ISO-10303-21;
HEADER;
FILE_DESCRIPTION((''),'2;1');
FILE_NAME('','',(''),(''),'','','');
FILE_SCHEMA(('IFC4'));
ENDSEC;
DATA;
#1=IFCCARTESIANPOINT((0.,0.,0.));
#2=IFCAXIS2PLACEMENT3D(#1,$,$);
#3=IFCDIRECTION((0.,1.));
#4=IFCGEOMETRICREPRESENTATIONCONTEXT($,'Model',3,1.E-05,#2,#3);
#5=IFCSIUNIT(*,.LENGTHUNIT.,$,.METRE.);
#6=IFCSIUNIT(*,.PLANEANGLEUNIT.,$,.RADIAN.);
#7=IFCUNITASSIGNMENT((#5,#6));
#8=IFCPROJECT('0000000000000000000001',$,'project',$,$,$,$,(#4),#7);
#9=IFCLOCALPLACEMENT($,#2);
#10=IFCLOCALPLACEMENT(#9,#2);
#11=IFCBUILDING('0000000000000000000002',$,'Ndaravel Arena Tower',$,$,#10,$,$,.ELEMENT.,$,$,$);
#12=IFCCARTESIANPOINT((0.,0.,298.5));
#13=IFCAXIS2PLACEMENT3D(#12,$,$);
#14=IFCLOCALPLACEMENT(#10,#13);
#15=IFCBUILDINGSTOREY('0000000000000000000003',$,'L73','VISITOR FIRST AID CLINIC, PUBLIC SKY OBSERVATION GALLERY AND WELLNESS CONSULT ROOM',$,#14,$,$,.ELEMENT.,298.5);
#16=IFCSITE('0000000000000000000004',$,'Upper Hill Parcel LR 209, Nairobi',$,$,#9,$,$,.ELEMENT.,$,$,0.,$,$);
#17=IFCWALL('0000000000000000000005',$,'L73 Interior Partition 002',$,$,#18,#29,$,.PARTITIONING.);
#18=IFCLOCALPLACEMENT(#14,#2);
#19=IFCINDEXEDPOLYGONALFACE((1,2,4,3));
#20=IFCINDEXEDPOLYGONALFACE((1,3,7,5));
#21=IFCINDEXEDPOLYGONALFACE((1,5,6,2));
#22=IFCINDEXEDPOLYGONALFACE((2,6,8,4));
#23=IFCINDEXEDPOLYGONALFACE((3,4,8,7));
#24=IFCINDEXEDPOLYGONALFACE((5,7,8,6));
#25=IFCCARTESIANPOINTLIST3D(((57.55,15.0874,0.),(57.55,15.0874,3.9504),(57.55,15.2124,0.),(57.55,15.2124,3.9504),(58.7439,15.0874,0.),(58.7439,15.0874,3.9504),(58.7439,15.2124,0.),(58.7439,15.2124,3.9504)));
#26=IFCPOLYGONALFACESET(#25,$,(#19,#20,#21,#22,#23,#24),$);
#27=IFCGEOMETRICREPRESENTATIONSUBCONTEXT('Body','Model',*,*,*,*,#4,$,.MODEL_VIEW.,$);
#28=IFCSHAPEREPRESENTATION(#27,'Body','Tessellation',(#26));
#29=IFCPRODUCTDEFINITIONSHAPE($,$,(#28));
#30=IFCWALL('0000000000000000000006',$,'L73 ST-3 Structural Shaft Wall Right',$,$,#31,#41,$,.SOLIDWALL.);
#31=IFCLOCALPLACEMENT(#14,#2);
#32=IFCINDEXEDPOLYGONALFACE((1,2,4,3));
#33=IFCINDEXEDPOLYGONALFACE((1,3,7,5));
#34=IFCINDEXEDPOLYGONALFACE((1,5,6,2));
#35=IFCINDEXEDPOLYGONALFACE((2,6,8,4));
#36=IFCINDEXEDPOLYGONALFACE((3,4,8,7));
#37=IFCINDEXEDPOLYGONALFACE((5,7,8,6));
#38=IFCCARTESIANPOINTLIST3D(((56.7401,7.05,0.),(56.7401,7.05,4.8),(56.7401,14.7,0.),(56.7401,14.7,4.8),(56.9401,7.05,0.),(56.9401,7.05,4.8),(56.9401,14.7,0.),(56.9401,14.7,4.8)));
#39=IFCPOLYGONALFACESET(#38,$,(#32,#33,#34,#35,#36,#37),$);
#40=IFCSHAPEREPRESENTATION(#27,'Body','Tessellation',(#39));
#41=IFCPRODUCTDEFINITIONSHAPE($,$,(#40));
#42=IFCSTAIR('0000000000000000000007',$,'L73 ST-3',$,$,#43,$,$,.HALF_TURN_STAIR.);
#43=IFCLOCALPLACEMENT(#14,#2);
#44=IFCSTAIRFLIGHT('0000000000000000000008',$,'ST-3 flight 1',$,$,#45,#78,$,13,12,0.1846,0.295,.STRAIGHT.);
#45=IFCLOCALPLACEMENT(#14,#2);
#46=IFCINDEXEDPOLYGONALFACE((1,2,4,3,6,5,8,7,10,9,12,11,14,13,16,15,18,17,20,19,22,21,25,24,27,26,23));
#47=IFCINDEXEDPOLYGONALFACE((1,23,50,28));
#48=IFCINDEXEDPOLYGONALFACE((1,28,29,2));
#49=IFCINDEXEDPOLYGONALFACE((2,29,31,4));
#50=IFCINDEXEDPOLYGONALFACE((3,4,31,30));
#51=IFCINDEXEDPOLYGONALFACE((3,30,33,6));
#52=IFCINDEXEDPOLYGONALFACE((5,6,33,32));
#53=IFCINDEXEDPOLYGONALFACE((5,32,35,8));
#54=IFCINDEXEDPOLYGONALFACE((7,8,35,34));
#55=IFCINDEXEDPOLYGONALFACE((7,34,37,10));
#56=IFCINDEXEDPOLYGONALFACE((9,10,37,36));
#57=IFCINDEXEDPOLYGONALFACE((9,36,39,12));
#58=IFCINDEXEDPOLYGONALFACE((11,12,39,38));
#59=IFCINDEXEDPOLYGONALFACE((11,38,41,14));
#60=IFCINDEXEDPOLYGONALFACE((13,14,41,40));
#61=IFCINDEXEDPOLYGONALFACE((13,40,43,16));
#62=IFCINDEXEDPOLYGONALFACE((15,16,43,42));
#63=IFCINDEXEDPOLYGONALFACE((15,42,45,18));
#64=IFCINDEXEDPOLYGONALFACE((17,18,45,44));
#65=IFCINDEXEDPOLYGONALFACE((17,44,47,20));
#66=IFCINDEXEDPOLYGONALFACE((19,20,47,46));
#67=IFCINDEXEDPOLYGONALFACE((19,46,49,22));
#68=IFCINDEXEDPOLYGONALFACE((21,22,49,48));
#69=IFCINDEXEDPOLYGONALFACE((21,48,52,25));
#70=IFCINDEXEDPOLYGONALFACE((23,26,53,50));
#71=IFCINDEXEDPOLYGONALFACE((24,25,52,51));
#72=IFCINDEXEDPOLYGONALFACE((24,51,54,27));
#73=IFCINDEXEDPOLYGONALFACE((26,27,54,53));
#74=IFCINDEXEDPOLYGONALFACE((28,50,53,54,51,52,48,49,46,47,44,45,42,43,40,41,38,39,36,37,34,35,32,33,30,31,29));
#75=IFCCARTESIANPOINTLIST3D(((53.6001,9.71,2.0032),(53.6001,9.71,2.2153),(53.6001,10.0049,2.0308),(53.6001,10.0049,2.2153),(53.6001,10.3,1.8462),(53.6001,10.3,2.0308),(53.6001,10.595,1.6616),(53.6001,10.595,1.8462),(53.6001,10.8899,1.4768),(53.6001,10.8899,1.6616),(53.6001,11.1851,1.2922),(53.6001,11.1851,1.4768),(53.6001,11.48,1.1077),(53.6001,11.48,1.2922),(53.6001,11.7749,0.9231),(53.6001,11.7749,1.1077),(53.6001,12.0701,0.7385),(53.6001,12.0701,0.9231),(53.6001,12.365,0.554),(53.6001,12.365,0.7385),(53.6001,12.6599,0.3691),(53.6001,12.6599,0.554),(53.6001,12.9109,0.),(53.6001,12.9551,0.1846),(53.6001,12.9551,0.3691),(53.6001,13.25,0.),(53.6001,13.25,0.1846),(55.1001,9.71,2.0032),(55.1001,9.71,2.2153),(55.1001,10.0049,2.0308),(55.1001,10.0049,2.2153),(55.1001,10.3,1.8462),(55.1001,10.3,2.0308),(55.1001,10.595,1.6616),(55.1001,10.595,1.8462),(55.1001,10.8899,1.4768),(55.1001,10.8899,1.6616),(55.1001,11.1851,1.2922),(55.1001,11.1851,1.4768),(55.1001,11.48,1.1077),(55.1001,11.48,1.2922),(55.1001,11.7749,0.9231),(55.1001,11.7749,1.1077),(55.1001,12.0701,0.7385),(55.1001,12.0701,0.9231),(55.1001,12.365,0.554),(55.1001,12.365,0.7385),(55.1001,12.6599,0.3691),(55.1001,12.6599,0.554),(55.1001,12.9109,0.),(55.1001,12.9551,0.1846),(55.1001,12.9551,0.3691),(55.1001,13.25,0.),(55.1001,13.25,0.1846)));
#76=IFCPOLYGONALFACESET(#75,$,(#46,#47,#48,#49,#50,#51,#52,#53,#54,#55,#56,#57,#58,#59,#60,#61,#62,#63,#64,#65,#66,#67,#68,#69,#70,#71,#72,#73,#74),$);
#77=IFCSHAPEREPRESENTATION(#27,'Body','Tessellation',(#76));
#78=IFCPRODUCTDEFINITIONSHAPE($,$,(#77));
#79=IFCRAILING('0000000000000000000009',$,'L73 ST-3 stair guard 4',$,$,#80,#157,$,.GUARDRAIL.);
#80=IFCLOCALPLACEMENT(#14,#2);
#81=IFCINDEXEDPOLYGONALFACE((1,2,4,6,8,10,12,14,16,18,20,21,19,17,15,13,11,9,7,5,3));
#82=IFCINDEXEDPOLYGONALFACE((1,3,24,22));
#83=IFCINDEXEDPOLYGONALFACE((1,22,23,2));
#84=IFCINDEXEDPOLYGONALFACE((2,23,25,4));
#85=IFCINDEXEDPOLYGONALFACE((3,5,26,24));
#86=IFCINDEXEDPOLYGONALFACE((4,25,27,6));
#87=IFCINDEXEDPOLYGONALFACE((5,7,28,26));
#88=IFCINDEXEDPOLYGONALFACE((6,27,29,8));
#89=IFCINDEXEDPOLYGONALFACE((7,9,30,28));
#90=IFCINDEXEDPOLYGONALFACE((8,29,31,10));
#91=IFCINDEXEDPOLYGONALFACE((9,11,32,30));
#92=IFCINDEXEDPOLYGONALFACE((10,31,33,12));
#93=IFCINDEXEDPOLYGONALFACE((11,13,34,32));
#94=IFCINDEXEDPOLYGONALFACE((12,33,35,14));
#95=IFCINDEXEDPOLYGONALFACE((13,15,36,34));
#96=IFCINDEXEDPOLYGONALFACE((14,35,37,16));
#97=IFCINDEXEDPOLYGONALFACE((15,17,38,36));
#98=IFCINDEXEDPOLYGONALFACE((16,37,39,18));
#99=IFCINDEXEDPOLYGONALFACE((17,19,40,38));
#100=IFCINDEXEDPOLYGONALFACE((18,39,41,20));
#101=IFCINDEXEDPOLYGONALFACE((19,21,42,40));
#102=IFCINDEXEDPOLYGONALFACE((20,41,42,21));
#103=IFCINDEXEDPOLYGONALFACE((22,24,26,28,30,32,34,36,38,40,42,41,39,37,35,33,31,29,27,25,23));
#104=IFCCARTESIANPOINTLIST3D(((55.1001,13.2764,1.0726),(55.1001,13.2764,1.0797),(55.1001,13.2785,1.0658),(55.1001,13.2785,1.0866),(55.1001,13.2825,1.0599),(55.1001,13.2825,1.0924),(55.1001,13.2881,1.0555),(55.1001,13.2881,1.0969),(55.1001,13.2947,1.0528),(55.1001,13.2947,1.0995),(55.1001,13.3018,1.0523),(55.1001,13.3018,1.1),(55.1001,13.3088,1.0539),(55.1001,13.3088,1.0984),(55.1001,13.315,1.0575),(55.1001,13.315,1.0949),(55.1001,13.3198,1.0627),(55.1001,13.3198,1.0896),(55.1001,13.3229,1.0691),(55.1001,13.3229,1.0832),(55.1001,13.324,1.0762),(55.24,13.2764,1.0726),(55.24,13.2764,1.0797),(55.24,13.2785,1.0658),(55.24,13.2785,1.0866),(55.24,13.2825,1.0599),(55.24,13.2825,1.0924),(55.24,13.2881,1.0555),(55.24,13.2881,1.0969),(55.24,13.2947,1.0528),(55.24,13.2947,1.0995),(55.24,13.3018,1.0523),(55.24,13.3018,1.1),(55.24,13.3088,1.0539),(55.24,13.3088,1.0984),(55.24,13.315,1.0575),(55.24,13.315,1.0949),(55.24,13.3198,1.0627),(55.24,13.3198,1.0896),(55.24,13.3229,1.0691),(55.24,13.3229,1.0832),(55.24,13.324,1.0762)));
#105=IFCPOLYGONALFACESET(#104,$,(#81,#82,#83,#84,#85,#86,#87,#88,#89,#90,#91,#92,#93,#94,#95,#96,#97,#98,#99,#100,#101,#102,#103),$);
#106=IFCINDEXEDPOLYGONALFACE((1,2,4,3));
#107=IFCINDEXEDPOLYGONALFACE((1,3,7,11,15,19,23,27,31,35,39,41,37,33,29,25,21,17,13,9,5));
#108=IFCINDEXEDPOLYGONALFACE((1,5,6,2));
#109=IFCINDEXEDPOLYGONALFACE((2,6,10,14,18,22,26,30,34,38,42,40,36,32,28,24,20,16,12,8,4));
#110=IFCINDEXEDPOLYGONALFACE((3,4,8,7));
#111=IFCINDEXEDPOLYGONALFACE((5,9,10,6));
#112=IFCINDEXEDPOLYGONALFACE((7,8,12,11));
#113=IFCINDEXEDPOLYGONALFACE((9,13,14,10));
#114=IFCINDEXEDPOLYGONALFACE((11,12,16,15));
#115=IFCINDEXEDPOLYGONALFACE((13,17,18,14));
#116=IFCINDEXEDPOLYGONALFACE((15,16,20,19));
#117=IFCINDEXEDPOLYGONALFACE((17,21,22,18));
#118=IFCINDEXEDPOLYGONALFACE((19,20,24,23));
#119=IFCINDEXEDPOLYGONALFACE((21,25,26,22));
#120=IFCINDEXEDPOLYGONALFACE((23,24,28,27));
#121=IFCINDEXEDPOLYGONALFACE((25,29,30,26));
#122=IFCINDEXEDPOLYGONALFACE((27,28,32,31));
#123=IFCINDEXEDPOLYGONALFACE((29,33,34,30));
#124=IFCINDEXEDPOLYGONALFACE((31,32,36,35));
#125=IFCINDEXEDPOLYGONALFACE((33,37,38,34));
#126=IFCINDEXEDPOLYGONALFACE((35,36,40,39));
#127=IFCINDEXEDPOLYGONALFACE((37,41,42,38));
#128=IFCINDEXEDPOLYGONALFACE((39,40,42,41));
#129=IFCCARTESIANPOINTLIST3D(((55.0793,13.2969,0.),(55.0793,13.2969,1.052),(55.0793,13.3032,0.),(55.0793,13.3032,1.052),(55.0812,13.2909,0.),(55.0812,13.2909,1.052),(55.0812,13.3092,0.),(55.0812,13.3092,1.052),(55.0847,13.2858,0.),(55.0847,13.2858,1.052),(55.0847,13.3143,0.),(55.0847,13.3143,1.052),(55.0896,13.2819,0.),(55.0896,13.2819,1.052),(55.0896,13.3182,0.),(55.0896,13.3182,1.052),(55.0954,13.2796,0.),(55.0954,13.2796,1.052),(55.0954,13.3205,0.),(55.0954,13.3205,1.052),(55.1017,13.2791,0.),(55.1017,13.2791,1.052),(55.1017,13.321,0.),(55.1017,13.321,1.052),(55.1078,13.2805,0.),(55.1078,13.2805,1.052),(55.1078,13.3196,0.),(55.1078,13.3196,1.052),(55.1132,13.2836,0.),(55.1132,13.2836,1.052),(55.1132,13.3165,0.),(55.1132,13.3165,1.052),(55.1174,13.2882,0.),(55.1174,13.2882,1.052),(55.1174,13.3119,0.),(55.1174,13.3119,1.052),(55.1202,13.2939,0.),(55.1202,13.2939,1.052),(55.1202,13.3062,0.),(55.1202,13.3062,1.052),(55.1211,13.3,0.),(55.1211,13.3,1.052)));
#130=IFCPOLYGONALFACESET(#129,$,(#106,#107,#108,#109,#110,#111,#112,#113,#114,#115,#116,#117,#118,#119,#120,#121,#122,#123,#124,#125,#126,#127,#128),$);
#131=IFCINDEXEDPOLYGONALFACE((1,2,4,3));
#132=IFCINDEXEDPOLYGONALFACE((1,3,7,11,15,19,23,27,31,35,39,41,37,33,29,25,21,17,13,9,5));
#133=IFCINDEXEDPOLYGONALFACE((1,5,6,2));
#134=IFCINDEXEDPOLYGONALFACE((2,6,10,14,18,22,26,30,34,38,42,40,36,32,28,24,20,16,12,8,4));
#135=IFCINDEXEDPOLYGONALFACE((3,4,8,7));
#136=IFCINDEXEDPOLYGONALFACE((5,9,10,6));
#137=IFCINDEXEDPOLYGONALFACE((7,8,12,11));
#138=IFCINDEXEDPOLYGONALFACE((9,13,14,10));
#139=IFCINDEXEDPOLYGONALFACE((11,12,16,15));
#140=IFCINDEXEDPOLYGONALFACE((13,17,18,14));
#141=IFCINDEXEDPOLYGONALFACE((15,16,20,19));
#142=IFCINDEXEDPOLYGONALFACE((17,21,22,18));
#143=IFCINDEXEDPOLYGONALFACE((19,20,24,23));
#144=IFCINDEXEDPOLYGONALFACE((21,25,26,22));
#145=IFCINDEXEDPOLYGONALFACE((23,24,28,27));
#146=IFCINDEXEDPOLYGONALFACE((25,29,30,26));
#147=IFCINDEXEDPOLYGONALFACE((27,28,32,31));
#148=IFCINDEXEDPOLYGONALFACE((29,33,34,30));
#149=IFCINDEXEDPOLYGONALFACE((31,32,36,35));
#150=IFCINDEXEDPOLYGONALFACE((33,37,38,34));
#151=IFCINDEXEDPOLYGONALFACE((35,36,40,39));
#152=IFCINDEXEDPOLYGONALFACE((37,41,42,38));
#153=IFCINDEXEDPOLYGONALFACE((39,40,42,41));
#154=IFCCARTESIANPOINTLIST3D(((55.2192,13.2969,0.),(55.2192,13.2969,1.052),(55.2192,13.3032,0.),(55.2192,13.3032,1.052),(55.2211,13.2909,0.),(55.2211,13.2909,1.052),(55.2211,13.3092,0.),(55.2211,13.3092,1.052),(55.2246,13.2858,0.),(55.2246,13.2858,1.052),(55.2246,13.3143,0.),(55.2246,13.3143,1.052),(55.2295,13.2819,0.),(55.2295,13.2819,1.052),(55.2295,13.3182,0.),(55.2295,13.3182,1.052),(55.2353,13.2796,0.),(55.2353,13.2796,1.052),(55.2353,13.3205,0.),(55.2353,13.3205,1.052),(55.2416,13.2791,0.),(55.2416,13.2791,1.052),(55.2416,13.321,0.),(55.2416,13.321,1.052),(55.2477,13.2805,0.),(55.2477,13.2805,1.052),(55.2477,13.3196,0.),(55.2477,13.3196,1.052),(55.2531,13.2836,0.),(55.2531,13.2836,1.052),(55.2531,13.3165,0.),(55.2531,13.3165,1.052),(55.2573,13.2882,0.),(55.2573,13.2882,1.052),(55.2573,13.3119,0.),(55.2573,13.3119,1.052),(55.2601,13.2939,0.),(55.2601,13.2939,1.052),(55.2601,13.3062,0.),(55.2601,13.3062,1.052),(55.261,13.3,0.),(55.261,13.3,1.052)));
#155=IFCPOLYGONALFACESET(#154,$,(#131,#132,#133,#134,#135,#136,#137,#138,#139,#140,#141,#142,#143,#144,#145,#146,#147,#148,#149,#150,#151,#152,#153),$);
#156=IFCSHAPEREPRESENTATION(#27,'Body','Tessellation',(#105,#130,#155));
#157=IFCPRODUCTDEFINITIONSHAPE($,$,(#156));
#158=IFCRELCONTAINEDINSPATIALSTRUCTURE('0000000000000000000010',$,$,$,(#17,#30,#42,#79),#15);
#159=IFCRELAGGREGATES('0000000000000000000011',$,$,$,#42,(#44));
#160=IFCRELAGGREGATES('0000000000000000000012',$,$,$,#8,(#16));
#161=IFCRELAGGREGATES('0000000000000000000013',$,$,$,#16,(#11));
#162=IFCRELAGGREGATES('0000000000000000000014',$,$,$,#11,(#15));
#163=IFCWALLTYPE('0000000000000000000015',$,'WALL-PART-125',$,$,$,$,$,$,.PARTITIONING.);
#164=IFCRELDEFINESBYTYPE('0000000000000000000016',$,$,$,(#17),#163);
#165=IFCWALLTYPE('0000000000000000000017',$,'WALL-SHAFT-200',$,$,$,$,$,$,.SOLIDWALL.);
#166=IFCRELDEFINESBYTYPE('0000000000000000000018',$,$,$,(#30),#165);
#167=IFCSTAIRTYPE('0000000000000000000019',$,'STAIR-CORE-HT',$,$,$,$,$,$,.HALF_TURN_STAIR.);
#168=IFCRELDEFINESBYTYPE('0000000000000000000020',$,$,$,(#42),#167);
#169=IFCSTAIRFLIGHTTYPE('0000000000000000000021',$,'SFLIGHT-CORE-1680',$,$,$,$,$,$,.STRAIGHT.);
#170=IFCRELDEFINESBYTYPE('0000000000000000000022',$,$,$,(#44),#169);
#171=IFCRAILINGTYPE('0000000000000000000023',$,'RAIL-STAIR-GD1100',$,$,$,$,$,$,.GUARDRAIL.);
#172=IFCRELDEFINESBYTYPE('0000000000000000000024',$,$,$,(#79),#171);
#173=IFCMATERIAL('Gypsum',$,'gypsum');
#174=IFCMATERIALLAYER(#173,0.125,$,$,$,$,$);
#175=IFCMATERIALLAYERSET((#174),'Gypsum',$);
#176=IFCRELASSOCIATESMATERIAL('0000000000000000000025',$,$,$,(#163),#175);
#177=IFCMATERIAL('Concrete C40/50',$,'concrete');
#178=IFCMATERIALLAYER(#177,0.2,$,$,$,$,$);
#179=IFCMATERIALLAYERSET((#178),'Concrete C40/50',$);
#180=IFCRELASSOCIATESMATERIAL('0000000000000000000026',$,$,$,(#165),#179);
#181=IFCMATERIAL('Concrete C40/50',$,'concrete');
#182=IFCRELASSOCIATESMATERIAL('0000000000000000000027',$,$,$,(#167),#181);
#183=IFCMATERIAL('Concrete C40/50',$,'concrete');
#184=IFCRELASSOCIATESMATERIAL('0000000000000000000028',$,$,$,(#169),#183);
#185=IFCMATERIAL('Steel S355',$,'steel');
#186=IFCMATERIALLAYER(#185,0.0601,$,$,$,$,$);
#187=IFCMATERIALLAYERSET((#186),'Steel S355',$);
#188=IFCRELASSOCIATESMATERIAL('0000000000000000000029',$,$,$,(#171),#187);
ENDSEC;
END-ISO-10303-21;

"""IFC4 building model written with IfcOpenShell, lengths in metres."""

from ifc_helpers import new_model, si_unit, direction, frame, frame_2d, origin, origin_2d, place, context, subcontext, project, spatial, polyline, rectangle, circle, outline, extrude, material, layer, layer_set, type_object, element, aggregate, save


model = new_model("IFC4")

# Units and contexts
model_context = context("Model", 3, precision=1e-05, world=origin(), true_north=direction((0.0, 1.0)))
body_context = subcontext(model_context, "Body", "Model", "MODEL_VIEW")
ifc_project = project(units=[si_unit("LENGTHUNIT", "METRE"), si_unit("PLANEANGLEUNIT", "RADIAN")], contexts=[model_context])

# Site, building, storey
site_placement = place(None, origin())
site = spatial("IfcSite", under=ifc_project, at=site_placement, Name="Upper Hill Parcel LR 209, Nairobi", CompositionType="ELEMENT", RefElevation=0.0)
building_placement = place(site_placement, origin())
building = spatial("IfcBuilding", under=site, at=building_placement, Name="Ndaravel Arena Tower", CompositionType="ELEMENT")
storey_placement = place(building_placement, frame((0.0, 0.0, 298.5)))
storey = spatial("IfcBuildingStorey", under=building, at=storey_placement, Name="L73", Description="VISITOR FIRST AID CLINIC, PUBLIC SKY OBSERVATION GALLERY AND WELLNESS CONSULT ROOM", CompositionType="ELEMENT", Elevation=298.5)

# Shared definitions
ifc_material_1 = material(Name="Gypsum", Category="gypsum")
ifc_layer_1 = layer(ifc_material_1, 0.125)
ifc_layer_set_1 = layer_set([ifc_layer_1], Name="Gypsum")
wall_type_1 = type_object("IfcWallType", Name="WALL-PART-125", PredefinedType="PARTITIONING", material=ifc_layer_set_1)

# Walls
wall_1_placement = place(storey_placement, frame((58.7439, 15.1499, 0.0), z_axis=(0.0, 0.0, 1.0), x_axis=(-1.0, 0.0, 0.0)))
element("IfcWall", 1, at=wall_1_placement, inside=storey, type_object=wall_type_1, Name="L73 Interior Partition 002", PredefinedType="PARTITIONING", context=body_context, shape_type="SweptSolid", body=[
    extrude(rectangle(XDim=1.1938, YDim=0.125, at=frame_2d((0.5969, 0.0))), origin(), (0.0, 0.0, 1.0), 3.9504),
])
ifc_material_2 = material(Name="Concrete C40/50", Category="concrete")
ifc_layer_2 = layer(ifc_material_2, 0.2)
ifc_layer_set_2 = layer_set([ifc_layer_2], Name="Concrete C40/50")
wall_type_2 = type_object("IfcWallType", Name="WALL-SHAFT-200", PredefinedType="SOLIDWALL", material=ifc_layer_set_2)
wall_2_placement = place(storey_placement, frame((56.8401, 14.7, 0.0), z_axis=(0.0, 0.0, 1.0), x_axis=(0.0, -1.0, 0.0)))
element("IfcWall", 2, at=wall_2_placement, inside=storey, type_object=wall_type_2, Name="L73 ST-3 Structural Shaft Wall Right", PredefinedType="SOLIDWALL", context=body_context, shape_type="SweptSolid", body=[
    extrude(rectangle(XDim=7.6499, YDim=0.2, at=frame_2d((3.825, 0.0))), origin(), (0.0, 0.0, 1.0), 4.8),
])

# Stair, stair flight
ifc_material_3 = material(Name="Concrete C40/50", Category="concrete")
stair_type = type_object("IfcStairType", Name="STAIR-CORE-HT", PredefinedType="HALF_TURN_STAIR", material=ifc_material_3)
stair_placement = place(storey_placement, origin())
stair = element("IfcStair", 3, at=stair_placement, inside=storey, type_object=stair_type, Name="L73 ST-3", PredefinedType="HALF_TURN_STAIR")
ifc_material_4 = material(Name="Concrete C40/50", Category="concrete")
stair_flight_type = type_object("IfcStairFlightType", Name="SFLIGHT-CORE-1680", PredefinedType="STRAIGHT", material=ifc_material_4)
stair_flight_placement = place(storey_placement, frame((54.3501, 13.25, 0.0), z_axis=(0.0, 0.0, 1.0), x_axis=(0.0, -1.0, 0.0)))
stair_flight = element("IfcStairFlight", 4, at=stair_flight_placement, type_object=stair_flight_type, Name="ST-3 flight 1", NumberOfRisers=13, NumberOfTreads=12, PredefinedType="STRAIGHT", RiserHeight=0.1846, TreadLength=0.295, context=body_context, shape_type="SweptSolid", body=[
    extrude(outline(polyline([(0.0, 0.0), (0.0, 0.1846), (0.2949, 0.1846), (0.2949, 0.3691), (0.5901, 0.3691), (0.5901, 0.554), (0.885, 0.554), (0.885, 0.7385), (1.1799, 0.7385), (1.1799, 0.9231), (1.4751, 0.9231), (1.4751, 1.1077), (1.77, 1.1077), (1.77, 1.2922), (2.0649, 1.2922), (2.0649, 1.4768), (2.3601, 1.4768), (2.3601, 1.6616), (2.655, 1.6616), (2.655, 1.8462), (2.95, 1.8462), (2.95, 2.0308), (3.2451, 2.0308), (3.2451, 2.2153), (3.54, 2.2153), (3.54, 2.3999), (3.54, 2.0032), (0.3391, 0.0), (0.0, 0.0)])), frame((0.0, 0.75, 0.0), z_axis=(0.0, -1.0, 0.0), x_axis=(1.0, 0.0, 0.0)), (0.0, 0.0, 1.0), 1.5),
])
aggregate(stair, [stair_flight])

# Railing
ifc_material_5 = material(Name="Steel S355", Category="steel")
ifc_layer_3 = layer(ifc_material_5, 0.0601)
ifc_layer_set_3 = layer_set([ifc_layer_3], Name="Steel S355")
railing_type = type_object("IfcRailingType", Name="RAIL-STAIR-GD1100", PredefinedType="GUARDRAIL", material=ifc_layer_set_3)
railing_1_placement = place(storey_placement, frame((55.1001, 13.3, 0.0)))
element("IfcRailing", 5, at=railing_1_placement, inside=storey, type_object=railing_type, Name="L73 ST-3 stair guard 4", PredefinedType="GUARDRAIL", context=body_context, shape_type="SweptSolid", body=[
    extrude(circle(Radius=0.0239, at=origin_2d()), frame((0.0, 0.0, 1.0762), z_axis=(1.0, 0.0, 0.0), x_axis=(0.0, 1.0, 0.0)), (0.0, 0.0, 1.0), 0.1399),
    extrude(circle(Radius=0.021, at=origin_2d()), origin(), (0.0, 0.0, 1.0), 1.052),
    extrude(circle(Radius=0.021, at=origin_2d()), frame((0.1399, 0.0, 0.0)), (0.0, 0.0, 1.0), 1.052),
])

save(model, "model.ifc")
